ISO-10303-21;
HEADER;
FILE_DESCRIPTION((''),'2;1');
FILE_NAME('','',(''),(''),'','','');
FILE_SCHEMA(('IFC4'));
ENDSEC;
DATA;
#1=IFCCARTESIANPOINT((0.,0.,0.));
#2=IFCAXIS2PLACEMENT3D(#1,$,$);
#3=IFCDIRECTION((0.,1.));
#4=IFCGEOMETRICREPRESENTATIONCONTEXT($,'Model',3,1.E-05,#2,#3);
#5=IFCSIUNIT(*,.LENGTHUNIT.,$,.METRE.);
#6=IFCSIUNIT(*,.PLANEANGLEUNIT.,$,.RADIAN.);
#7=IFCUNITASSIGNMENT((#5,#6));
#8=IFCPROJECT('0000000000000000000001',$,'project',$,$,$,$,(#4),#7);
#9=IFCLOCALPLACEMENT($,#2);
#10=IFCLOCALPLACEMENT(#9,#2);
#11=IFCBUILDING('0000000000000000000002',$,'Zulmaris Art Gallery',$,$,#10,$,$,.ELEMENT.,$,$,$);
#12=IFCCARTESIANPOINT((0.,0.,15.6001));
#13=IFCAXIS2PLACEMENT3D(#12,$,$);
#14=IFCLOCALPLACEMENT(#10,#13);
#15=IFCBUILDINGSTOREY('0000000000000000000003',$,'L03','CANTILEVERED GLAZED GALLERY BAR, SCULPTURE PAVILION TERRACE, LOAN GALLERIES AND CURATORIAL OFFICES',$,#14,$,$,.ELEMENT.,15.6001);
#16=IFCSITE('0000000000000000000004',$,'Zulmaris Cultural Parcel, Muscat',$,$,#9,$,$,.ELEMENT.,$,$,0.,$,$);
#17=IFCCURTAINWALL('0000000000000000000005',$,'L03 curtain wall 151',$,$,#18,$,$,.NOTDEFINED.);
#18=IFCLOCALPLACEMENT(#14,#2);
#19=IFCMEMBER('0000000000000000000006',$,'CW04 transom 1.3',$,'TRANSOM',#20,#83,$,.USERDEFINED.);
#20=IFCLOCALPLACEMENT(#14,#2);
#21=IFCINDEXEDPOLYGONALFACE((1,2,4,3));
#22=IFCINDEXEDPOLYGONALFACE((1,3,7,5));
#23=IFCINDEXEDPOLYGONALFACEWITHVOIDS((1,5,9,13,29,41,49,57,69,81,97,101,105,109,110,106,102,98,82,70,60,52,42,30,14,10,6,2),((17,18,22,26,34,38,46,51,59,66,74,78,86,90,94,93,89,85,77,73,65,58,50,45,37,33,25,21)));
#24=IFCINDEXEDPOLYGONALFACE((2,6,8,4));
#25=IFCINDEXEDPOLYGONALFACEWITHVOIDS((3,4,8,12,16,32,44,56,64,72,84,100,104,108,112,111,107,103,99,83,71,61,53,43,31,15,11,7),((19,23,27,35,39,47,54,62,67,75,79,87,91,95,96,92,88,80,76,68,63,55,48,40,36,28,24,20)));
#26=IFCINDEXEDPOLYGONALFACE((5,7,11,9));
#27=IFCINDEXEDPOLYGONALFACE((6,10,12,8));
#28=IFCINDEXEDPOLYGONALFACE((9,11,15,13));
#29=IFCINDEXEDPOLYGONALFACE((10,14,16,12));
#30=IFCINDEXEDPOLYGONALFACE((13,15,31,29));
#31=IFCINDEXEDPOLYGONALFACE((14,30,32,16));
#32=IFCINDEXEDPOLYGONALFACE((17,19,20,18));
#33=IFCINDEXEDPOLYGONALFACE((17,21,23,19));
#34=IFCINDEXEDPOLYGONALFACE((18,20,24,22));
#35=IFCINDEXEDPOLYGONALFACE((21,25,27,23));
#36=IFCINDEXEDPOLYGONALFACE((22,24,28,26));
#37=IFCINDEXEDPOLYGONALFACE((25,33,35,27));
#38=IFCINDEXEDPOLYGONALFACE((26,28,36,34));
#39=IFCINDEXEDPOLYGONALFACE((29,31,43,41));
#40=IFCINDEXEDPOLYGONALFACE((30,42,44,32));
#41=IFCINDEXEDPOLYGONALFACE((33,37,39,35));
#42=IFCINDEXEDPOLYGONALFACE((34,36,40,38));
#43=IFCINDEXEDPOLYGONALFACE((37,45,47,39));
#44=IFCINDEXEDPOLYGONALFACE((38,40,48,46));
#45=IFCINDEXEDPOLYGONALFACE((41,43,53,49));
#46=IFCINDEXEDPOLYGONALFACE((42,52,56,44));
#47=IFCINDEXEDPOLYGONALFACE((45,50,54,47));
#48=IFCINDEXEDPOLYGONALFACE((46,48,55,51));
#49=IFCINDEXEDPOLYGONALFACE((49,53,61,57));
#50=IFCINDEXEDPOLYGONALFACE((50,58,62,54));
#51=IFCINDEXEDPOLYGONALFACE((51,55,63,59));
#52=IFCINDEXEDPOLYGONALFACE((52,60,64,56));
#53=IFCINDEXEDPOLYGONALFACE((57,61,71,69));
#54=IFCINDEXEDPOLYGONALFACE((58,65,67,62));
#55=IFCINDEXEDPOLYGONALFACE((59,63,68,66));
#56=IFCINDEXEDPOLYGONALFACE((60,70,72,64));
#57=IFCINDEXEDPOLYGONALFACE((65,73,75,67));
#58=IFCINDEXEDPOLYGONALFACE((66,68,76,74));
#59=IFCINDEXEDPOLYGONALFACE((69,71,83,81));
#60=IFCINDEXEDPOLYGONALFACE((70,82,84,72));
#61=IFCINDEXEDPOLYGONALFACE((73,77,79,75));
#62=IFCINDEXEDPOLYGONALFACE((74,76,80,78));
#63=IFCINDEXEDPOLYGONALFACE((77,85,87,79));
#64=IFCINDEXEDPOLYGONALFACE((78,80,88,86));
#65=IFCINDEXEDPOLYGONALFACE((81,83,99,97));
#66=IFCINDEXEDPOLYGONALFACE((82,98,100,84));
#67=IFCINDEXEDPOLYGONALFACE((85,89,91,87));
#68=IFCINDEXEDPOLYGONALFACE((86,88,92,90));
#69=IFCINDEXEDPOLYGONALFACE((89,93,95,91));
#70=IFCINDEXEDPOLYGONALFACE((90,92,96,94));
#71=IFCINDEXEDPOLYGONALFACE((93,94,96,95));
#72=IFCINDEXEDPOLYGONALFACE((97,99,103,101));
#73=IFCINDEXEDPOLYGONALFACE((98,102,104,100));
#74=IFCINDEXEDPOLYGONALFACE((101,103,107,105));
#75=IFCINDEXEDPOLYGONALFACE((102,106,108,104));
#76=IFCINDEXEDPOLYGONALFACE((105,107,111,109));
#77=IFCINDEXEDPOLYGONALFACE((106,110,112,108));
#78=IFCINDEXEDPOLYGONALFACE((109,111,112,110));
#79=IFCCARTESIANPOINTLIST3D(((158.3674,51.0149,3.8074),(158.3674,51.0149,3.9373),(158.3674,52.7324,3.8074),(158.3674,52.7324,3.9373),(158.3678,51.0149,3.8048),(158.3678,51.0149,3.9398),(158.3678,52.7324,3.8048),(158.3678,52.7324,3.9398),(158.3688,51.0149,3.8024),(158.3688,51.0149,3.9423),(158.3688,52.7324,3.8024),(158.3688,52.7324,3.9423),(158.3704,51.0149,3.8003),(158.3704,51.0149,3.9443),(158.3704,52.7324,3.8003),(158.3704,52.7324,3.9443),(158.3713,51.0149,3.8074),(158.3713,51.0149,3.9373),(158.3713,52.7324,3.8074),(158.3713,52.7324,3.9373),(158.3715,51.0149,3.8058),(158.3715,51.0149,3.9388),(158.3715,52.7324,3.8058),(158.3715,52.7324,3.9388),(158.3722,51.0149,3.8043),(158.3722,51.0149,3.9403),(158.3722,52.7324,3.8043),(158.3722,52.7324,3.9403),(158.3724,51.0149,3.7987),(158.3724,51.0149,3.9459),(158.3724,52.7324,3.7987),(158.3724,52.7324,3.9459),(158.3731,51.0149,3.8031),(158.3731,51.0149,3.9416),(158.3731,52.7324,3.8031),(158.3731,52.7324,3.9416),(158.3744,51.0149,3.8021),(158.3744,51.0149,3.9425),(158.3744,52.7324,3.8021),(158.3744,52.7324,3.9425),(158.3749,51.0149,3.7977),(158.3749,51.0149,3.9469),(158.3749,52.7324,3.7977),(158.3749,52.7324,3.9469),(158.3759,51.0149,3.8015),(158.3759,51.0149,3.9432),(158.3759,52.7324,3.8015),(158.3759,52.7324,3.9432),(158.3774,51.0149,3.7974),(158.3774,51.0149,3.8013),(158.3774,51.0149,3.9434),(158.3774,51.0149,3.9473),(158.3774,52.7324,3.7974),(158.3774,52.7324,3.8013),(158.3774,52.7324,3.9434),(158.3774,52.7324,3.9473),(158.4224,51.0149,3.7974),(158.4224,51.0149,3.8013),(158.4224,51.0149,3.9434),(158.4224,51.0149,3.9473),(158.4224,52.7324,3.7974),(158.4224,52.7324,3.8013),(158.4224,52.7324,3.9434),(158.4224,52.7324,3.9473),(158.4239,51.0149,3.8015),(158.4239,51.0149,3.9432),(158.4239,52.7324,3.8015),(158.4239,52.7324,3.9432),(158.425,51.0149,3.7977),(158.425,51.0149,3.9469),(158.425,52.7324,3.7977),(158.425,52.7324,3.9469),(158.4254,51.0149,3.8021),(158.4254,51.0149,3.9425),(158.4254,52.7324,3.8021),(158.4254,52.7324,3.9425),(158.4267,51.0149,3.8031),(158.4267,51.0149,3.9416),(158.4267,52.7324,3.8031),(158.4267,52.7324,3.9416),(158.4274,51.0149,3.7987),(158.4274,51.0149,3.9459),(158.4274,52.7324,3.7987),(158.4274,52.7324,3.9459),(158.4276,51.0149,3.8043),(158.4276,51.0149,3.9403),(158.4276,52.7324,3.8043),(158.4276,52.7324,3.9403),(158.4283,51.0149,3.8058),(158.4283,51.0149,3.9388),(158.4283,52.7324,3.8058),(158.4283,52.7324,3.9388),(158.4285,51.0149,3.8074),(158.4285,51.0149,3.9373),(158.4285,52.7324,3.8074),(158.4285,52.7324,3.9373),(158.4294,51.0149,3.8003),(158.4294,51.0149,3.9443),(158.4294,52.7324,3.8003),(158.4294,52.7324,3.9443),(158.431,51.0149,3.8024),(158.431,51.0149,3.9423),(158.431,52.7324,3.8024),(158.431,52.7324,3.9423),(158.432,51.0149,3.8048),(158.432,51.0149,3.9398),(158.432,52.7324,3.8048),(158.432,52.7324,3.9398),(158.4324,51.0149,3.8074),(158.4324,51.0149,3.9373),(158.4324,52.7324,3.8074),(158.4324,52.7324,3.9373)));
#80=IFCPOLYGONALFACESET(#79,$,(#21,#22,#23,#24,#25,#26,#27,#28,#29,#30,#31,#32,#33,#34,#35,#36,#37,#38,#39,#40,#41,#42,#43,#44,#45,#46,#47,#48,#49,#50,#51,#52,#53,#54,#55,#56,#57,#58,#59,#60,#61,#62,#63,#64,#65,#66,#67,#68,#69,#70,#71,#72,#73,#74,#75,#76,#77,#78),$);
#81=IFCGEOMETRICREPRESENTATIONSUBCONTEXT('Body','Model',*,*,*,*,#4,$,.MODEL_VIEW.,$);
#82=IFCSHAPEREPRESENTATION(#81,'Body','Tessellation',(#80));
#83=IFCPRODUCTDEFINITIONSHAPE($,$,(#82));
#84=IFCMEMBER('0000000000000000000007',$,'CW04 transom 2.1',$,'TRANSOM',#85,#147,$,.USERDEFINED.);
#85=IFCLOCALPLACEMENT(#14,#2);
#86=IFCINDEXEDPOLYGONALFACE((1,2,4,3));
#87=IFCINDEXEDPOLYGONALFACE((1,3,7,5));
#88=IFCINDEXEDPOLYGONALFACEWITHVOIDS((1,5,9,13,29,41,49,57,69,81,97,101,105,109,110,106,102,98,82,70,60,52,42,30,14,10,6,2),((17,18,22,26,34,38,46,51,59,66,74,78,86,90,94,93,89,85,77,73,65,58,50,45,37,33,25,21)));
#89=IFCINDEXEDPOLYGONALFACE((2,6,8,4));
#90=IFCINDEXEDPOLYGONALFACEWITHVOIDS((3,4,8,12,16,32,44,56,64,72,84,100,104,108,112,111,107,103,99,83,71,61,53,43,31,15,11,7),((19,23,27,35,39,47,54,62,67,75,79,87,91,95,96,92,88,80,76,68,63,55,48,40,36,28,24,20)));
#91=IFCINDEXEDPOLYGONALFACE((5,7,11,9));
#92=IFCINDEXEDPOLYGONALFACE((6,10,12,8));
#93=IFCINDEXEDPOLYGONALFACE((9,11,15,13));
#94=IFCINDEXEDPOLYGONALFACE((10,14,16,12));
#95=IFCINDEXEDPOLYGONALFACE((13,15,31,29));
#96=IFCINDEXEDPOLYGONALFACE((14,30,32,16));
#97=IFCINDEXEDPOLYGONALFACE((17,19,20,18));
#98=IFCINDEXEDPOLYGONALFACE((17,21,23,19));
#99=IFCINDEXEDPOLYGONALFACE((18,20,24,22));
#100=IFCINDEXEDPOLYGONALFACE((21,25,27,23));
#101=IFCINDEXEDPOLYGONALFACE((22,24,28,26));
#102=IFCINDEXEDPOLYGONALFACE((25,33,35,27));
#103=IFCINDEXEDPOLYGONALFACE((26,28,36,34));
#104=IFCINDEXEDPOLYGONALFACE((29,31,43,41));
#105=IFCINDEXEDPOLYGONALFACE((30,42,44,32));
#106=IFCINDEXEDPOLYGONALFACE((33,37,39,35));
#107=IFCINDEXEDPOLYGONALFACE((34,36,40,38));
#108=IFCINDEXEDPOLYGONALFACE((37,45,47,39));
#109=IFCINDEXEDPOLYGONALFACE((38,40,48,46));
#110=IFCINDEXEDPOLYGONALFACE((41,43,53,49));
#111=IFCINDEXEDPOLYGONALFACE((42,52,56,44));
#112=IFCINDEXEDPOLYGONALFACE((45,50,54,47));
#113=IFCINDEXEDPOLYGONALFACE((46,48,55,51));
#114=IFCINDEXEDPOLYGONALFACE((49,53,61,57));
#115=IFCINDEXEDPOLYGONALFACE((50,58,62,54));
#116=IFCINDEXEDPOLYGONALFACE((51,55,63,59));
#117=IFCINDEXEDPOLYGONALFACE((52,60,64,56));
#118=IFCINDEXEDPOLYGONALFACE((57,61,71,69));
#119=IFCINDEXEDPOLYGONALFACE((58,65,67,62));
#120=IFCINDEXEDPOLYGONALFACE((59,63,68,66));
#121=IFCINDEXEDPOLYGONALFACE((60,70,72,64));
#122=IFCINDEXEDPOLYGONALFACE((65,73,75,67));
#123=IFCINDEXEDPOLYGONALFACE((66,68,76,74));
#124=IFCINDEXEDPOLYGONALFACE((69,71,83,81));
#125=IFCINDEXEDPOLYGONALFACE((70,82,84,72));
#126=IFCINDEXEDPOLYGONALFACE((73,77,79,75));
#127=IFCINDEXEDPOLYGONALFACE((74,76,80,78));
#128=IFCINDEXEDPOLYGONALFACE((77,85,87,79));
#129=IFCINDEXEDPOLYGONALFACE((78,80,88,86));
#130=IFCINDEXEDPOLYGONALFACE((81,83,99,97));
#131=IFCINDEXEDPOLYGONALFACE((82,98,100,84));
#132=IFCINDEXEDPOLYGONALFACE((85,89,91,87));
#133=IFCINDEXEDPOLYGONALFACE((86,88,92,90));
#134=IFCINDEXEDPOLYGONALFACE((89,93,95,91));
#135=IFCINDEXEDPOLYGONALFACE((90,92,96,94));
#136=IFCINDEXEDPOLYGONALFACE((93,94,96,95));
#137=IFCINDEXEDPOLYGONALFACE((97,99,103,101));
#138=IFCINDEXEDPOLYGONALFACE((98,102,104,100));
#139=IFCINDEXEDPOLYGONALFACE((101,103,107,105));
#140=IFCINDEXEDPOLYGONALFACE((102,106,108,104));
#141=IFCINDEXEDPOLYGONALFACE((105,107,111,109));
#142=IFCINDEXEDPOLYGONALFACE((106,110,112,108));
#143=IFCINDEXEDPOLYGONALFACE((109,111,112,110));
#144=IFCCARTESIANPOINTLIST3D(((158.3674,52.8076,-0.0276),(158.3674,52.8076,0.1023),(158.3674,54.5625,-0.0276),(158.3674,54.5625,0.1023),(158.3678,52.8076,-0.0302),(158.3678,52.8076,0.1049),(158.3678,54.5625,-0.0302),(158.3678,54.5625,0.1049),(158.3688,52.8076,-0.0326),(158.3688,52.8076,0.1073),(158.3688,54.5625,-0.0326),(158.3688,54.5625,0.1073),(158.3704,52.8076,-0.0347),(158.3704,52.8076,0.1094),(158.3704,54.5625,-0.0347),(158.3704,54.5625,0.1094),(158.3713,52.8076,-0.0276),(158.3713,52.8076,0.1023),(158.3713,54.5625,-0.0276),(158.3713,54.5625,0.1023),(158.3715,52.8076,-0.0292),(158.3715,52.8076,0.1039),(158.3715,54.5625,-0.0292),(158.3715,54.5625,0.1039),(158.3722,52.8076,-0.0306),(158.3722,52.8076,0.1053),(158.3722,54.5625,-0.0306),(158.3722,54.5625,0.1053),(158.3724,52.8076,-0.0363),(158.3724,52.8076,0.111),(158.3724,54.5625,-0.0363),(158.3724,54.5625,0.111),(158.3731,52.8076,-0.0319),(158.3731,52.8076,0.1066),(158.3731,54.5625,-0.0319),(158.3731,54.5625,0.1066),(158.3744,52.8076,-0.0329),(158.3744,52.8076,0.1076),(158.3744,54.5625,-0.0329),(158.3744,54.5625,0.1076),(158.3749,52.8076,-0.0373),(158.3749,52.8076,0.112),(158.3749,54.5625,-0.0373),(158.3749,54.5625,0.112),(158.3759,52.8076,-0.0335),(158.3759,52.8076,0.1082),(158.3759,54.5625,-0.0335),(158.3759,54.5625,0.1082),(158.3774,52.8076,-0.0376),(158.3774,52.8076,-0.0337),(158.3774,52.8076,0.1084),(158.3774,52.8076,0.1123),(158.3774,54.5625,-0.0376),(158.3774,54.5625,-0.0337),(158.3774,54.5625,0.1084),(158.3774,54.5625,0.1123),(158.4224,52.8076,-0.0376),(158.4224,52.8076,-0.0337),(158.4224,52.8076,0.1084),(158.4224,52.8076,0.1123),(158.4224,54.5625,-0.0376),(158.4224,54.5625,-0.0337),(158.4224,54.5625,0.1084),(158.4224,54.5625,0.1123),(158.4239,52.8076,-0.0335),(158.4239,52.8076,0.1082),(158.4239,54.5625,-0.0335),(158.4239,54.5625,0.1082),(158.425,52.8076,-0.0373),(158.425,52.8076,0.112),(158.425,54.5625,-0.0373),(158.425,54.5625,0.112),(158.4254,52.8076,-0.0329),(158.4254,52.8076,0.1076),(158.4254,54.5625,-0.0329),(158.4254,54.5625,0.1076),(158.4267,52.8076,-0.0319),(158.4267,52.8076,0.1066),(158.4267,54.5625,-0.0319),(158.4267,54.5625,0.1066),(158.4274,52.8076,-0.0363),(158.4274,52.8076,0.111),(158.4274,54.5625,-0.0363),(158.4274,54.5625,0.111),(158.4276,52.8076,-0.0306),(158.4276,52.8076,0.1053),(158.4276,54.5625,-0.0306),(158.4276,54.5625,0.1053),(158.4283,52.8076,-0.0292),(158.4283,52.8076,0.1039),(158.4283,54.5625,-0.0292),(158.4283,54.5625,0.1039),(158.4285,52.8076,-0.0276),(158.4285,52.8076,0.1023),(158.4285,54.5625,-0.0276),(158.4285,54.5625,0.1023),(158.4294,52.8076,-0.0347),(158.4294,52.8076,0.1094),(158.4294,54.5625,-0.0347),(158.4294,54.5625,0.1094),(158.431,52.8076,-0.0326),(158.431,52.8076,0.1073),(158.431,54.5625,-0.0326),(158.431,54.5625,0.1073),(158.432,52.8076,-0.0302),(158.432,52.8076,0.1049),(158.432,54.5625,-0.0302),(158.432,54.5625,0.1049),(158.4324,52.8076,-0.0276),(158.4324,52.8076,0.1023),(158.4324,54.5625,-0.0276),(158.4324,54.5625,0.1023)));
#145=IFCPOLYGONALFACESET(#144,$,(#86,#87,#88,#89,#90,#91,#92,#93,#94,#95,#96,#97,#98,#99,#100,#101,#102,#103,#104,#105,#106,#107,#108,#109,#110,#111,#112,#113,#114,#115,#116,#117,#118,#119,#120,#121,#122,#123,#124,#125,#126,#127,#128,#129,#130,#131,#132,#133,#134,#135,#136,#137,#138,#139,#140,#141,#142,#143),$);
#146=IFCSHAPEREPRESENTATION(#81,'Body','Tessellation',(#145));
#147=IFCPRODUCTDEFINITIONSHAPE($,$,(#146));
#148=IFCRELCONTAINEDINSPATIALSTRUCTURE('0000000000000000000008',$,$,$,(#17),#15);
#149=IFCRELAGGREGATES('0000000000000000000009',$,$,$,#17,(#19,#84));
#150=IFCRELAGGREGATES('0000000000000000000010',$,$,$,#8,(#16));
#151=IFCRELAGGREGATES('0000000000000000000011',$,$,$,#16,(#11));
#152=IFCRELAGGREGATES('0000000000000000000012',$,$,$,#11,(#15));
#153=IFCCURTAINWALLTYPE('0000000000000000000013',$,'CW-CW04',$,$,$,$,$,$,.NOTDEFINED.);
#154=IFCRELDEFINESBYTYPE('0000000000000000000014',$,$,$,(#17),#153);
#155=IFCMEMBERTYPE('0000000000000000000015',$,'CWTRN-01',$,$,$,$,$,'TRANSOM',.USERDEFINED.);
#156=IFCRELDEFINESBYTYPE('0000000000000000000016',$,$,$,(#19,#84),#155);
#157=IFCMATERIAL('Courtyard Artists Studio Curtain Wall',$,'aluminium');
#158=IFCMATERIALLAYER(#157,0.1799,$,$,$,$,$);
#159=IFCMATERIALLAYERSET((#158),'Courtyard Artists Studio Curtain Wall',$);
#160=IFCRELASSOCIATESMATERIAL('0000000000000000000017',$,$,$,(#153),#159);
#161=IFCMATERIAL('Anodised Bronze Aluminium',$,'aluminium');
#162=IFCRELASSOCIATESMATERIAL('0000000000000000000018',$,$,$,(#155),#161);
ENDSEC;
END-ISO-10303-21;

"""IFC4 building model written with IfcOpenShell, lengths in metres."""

from ifc_helpers import new_model, si_unit, direction, frame, origin, origin_2d, place, context, subcontext, project, spatial, hollow_rectangle, extrude, material, layer, layer_set, material_profile, profile_set, type_object, element, aggregate, save


model = new_model("IFC4")

# Units and contexts
model_context = context("Model", 3, precision=1e-05, world=origin(), true_north=direction((0.0, 1.0)))
body_context = subcontext(model_context, "Body", "Model", "MODEL_VIEW")
ifc_project = project(units=[si_unit("LENGTHUNIT", "METRE"), si_unit("PLANEANGLEUNIT", "RADIAN")], contexts=[model_context])

# Site, building, storey
site_placement = place(None, origin())
site = spatial("IfcSite", under=ifc_project, at=site_placement, Name="Zulmaris Cultural Parcel, Muscat", CompositionType="ELEMENT", RefElevation=0.0)
building_placement = place(site_placement, origin())
building = spatial("IfcBuilding", under=site, at=building_placement, Name="Zulmaris Art Gallery", CompositionType="ELEMENT")
storey_placement = place(building_placement, frame((0.0, 0.0, 15.6001)))
storey = spatial("IfcBuildingStorey", under=building, at=storey_placement, Name="L03", Description="CANTILEVERED GLAZED GALLERY BAR, SCULPTURE PAVILION TERRACE, LOAN GALLERIES AND CURATORIAL OFFICES", CompositionType="ELEMENT", Elevation=15.6001)

# Curtain wall, members
ifc_material_1 = material(Name="Courtyard Artists Studio Curtain Wall", Category="aluminium")
ifc_layer_1 = layer(ifc_material_1, 0.1799)
ifc_layer_set_1 = layer_set([ifc_layer_1], Name="Courtyard Artists Studio Curtain Wall")
curtain_wall_type = type_object("IfcCurtainWallType", Name="CW-CW04", PredefinedType="NOTDEFINED", material=ifc_layer_set_1)
ifc_material_2 = material(Name="Anodised Bronze Aluminium", Category="aluminium")
curtain_wall_1_placement = place(storey_placement, origin())
curtain_wall_1 = element("IfcCurtainWall", 1, at=curtain_wall_1_placement, inside=storey, type_object=curtain_wall_type, Name="L03 curtain wall 151", PredefinedType="NOTDEFINED")
ifc_material_profile_1 = material_profile(ifc_material_2, hollow_rectangle(XDim=0.0649, YDim=0.1499, WallThickness=0.0039, InnerFilletRadius=0.0061, OuterFilletRadius=0.01, at=origin_2d()), Name="ALU 65x150x4")
ifc_profile_set_1 = profile_set([ifc_material_profile_1], Name="Anodised Bronze Aluminium")
member_type_1 = type_object("IfcMemberType", Name="CWTRN-01", ElementType="TRANSOM", PredefinedType="USERDEFINED", material=ifc_profile_set_1)
member_1_placement = place(storey_placement, frame((158.3999, 51.0149, 3.8723), z_axis=(0.0, 1.0, 0.0), x_axis=(-1.0, 0.0, 0.0)))
member_1 = element("IfcMember", 2, at=member_1_placement, type_object=member_type_1, Name="CW04 transom 1.3", ObjectType="TRANSOM", PredefinedType="USERDEFINED", context=body_context, shape_type="SweptSolid", body=[
    extrude(hollow_rectangle(XDim=0.0649, YDim=0.1499, WallThickness=0.0039, InnerFilletRadius=0.0061, OuterFilletRadius=0.01, at=origin_2d()), origin(), (0.0, 0.0, 1.0), 1.7175),
])
member_2_placement = place(storey_placement, frame((158.3999, 52.8076, 0.0374), z_axis=(0.0, 1.0, 0.0), x_axis=(-1.0, 0.0, 0.0)))
member_2 = element("IfcMember", 3, at=member_2_placement, type_object=member_type_1, Name="CW04 transom 2.1", ObjectType="TRANSOM", PredefinedType="USERDEFINED", context=body_context, shape_type="SweptSolid", body=[
    extrude(hollow_rectangle(XDim=0.0649, YDim=0.1499, WallThickness=0.0039, InnerFilletRadius=0.0061, OuterFilletRadius=0.01, at=origin_2d()), origin(), (0.0, 0.0, 1.0), 1.7549),
])

aggregate(curtain_wall_1, [member_1, member_2])

save(model, "model.ifc")
